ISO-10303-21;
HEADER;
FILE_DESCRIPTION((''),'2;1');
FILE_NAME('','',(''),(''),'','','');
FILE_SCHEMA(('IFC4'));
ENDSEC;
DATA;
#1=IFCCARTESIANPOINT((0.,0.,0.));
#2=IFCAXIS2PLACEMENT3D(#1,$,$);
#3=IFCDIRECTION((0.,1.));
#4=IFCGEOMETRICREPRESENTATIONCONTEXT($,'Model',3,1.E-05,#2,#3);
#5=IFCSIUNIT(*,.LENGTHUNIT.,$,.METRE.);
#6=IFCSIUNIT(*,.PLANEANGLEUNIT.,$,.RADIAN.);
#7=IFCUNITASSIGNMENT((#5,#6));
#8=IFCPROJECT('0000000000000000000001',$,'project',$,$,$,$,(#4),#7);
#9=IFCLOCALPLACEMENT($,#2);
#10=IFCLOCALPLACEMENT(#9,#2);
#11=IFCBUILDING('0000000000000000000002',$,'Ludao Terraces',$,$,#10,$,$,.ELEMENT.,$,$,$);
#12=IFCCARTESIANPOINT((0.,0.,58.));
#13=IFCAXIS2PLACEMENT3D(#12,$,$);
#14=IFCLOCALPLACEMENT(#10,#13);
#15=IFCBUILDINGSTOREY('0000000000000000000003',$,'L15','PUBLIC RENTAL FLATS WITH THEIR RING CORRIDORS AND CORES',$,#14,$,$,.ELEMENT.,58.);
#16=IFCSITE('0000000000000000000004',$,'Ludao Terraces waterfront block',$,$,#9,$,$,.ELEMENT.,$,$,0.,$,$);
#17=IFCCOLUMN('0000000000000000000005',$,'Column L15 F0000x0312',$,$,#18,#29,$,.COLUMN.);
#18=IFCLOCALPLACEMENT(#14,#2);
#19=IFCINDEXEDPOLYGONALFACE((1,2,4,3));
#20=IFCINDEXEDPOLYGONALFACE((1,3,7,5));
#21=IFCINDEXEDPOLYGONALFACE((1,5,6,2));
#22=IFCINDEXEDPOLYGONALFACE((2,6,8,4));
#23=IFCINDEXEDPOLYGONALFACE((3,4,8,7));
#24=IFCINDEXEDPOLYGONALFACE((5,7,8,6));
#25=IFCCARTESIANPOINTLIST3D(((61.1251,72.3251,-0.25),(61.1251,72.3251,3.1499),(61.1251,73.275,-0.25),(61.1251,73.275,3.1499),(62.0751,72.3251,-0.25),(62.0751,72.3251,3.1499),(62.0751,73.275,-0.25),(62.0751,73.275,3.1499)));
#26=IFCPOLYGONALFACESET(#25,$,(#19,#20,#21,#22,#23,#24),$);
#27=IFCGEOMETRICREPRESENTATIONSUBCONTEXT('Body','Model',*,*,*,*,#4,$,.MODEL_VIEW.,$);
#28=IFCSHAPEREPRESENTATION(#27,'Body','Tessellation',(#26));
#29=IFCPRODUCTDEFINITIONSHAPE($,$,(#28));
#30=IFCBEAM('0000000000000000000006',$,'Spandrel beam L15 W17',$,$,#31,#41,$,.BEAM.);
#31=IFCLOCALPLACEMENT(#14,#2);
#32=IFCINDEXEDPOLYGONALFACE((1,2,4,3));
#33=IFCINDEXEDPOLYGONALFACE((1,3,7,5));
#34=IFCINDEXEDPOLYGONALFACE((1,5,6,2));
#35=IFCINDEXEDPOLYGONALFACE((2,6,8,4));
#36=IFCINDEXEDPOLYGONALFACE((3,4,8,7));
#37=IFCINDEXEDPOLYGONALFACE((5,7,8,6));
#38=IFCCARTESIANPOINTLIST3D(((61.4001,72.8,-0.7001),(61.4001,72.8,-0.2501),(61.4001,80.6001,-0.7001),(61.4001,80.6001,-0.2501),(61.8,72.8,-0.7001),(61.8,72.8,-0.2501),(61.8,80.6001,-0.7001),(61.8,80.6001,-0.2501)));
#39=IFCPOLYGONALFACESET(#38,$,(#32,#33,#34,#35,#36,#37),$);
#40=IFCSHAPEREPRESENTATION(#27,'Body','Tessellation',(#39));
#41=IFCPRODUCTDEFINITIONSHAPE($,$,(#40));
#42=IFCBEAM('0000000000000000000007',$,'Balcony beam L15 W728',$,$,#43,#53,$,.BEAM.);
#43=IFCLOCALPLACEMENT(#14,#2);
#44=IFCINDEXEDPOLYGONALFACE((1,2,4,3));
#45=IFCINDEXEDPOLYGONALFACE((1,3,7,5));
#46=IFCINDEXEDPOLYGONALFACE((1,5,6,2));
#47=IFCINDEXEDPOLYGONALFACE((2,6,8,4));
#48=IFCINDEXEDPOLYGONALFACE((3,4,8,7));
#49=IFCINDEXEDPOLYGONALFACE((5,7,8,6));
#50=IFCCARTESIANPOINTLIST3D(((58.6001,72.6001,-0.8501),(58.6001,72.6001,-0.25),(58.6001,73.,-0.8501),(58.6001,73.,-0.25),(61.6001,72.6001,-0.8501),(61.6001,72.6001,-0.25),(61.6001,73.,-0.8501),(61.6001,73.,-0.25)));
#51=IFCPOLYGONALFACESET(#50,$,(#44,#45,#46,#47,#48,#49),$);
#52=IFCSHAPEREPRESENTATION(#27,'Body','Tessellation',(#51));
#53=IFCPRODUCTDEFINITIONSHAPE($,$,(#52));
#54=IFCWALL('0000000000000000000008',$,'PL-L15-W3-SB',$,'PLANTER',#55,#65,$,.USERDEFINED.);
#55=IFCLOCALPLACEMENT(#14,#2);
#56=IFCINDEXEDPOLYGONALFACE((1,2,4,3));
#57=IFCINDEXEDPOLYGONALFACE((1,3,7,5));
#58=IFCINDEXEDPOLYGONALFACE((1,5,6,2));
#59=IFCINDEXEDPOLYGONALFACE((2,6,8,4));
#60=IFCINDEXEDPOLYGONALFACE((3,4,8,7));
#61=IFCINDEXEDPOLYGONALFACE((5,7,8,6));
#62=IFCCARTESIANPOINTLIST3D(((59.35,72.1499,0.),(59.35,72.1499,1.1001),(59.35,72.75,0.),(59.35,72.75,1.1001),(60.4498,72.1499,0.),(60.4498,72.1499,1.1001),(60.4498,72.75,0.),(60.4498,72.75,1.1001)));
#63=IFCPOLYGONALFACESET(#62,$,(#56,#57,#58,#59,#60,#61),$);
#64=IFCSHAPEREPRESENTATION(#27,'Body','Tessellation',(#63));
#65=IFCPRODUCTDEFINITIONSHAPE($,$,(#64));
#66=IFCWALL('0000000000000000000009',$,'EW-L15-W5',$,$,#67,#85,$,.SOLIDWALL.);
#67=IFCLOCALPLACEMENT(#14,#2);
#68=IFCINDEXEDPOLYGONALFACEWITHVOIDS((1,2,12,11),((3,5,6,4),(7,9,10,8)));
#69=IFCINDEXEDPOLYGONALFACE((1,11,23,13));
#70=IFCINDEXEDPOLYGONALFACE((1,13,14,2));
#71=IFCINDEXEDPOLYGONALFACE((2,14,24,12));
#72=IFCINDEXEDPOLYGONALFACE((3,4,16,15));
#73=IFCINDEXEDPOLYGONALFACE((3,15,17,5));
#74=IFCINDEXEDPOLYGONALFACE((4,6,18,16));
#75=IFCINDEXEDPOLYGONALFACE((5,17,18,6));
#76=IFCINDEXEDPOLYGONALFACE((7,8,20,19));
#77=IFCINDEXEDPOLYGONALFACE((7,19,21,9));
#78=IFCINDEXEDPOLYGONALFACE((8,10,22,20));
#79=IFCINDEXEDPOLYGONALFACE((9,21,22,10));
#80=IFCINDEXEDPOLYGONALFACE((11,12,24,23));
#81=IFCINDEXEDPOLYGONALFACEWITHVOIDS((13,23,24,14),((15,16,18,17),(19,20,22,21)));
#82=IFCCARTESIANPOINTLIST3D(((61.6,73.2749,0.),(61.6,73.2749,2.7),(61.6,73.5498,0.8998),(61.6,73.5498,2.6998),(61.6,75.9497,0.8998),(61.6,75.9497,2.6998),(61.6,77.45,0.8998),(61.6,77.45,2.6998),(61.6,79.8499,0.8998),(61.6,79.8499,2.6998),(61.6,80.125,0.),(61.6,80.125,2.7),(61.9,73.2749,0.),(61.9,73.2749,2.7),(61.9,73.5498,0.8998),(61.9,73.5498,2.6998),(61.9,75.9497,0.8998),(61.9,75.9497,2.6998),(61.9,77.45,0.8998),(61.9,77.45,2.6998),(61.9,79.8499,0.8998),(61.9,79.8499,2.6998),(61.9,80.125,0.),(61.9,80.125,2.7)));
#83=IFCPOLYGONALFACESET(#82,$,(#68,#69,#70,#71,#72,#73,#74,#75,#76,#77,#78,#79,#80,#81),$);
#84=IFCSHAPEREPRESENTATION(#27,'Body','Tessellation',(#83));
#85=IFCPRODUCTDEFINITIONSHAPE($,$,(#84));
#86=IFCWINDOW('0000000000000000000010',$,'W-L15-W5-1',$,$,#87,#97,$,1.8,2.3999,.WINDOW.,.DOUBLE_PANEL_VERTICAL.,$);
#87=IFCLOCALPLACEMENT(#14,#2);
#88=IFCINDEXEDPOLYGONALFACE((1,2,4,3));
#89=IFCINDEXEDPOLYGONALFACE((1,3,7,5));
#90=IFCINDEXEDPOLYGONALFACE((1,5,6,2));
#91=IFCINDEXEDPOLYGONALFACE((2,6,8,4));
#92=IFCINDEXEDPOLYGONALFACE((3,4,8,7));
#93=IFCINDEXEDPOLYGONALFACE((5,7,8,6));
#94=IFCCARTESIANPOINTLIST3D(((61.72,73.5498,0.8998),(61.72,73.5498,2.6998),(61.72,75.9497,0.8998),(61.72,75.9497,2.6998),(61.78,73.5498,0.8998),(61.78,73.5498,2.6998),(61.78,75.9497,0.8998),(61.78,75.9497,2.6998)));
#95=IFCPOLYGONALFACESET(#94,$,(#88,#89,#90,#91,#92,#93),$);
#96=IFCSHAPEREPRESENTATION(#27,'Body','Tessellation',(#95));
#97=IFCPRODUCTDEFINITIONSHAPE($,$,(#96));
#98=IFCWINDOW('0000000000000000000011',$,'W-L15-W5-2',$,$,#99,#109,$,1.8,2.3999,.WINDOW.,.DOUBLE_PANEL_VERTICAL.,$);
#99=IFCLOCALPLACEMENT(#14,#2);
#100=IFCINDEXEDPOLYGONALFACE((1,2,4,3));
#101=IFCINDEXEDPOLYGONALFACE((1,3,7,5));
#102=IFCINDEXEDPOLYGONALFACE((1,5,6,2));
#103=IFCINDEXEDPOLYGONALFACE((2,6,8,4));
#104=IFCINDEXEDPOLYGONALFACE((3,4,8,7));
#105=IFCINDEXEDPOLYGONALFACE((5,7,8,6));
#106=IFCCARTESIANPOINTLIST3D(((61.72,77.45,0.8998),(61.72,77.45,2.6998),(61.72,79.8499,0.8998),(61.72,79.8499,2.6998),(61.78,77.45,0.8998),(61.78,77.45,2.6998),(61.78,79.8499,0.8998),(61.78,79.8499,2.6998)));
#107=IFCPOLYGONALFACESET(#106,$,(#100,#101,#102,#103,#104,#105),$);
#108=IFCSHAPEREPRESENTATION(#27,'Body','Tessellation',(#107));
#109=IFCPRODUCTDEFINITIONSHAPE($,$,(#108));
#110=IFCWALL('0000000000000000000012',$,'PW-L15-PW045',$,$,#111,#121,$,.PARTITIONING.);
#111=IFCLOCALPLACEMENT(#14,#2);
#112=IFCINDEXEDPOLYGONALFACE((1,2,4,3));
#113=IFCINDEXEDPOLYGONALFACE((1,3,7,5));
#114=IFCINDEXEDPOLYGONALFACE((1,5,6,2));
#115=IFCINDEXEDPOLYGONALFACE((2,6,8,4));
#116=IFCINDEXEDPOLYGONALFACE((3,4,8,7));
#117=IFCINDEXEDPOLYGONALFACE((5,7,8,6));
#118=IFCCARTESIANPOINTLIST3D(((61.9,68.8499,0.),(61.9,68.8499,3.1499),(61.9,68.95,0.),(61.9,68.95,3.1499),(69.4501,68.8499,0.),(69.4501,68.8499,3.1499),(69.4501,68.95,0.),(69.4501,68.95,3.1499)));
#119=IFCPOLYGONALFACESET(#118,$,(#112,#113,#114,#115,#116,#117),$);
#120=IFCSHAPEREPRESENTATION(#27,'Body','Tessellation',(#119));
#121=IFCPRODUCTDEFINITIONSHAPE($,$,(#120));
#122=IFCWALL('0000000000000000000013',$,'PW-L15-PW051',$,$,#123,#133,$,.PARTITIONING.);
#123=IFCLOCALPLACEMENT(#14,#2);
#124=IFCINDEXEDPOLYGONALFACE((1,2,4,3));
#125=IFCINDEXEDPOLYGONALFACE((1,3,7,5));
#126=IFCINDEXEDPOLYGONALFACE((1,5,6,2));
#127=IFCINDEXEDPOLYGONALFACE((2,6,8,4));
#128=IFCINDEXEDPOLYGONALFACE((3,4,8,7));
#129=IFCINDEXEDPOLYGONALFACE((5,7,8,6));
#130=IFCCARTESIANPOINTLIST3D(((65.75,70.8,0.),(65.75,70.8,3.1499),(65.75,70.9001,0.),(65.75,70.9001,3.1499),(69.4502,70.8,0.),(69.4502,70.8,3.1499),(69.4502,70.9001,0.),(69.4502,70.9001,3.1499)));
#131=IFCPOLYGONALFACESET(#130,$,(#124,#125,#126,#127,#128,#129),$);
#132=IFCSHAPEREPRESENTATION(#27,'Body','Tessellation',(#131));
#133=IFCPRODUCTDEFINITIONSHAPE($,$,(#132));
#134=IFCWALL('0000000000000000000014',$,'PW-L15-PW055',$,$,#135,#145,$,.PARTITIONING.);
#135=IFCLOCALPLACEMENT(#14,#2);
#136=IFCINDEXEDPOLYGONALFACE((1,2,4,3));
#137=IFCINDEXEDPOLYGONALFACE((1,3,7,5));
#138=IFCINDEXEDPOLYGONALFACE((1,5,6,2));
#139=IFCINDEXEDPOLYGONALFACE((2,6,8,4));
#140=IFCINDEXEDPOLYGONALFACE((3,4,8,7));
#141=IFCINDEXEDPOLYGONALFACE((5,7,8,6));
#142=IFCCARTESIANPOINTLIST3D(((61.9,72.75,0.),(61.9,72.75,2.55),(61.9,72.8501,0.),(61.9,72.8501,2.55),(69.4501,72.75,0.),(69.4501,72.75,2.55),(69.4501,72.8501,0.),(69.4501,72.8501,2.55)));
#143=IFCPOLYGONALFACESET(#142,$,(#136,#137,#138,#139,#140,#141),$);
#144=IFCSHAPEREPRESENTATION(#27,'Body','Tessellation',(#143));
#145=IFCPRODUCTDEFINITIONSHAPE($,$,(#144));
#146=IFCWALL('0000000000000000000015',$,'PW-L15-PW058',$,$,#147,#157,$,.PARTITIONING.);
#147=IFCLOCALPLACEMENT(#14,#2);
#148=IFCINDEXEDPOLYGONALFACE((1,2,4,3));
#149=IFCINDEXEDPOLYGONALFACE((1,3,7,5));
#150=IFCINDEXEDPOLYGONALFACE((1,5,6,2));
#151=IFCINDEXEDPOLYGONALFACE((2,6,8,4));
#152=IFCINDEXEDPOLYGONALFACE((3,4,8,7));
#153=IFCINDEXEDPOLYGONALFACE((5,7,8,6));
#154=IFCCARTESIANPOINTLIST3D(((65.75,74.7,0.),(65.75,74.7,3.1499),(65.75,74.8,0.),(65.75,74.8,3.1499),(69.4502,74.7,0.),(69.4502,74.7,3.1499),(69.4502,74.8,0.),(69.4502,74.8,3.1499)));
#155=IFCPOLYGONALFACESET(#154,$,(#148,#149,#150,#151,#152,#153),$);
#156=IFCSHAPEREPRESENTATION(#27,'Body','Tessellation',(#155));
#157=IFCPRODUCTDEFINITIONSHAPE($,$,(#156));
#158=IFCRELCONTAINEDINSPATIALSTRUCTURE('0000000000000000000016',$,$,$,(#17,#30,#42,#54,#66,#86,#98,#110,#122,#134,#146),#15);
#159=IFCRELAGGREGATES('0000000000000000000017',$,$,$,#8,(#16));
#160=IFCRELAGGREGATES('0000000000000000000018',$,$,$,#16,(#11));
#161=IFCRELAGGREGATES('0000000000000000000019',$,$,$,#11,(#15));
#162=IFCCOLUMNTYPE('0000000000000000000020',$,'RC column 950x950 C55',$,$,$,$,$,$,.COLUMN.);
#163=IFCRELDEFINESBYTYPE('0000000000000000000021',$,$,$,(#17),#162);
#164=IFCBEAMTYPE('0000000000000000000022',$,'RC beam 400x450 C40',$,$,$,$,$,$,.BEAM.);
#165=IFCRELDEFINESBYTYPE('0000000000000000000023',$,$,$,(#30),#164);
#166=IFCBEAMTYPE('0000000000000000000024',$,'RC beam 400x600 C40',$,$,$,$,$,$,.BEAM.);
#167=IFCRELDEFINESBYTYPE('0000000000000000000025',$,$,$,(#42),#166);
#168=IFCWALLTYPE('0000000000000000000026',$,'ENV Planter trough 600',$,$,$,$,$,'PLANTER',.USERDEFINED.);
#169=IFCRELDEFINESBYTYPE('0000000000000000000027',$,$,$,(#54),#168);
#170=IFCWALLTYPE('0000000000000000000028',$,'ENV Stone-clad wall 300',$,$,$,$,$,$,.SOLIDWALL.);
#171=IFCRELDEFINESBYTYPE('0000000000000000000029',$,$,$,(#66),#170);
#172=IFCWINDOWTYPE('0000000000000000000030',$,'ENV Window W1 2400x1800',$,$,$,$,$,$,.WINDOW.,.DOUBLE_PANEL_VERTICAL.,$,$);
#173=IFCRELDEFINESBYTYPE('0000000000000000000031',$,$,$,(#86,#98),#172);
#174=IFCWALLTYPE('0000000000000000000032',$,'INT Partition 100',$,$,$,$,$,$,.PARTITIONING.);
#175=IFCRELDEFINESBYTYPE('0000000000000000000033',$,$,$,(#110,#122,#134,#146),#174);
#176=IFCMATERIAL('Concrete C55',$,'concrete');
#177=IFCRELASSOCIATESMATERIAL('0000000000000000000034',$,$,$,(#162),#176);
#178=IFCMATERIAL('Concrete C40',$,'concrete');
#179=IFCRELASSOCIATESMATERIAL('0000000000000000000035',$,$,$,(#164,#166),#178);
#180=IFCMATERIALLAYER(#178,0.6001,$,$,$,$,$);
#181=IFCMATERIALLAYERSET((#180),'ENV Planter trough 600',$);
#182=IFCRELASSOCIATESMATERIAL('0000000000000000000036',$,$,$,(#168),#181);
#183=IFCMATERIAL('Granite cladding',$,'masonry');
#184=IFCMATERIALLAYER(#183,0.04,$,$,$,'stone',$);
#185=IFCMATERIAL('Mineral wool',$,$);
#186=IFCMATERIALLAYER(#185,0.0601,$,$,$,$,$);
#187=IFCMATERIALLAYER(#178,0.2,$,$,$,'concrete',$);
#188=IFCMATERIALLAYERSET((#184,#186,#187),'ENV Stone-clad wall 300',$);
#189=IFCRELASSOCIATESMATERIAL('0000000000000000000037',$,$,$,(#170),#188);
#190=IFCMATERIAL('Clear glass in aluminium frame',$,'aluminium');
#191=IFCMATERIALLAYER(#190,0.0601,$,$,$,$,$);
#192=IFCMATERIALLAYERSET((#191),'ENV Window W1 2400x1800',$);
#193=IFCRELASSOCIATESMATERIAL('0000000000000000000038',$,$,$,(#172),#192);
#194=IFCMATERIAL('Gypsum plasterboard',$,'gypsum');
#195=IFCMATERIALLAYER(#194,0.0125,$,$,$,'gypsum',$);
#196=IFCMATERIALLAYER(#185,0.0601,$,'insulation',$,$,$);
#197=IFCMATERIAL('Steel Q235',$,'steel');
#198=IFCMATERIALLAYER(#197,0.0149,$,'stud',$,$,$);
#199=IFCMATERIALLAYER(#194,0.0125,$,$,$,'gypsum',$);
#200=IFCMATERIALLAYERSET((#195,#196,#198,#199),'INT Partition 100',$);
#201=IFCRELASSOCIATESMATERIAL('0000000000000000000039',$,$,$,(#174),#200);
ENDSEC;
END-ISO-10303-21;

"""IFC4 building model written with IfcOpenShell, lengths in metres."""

from ifc_helpers import new_model, si_unit, direction, frame, frame_2d, origin, origin_2d, place, context, subcontext, project, spatial, rectangle, extrude, material, layer, layer_set, material_profile, profile_set, type_object, element, fill, save


model = new_model("IFC4")

# Units and contexts
model_context = context("Model", 3, precision=1e-05, world=origin(), true_north=direction((0.0, 1.0)))
body_context = subcontext(model_context, "Body", "Model", "MODEL_VIEW")
ifc_project = project(units=[si_unit("LENGTHUNIT", "METRE"), si_unit("PLANEANGLEUNIT", "RADIAN")], contexts=[model_context])

# Site, building, storey
site_placement = place(None, origin())
site = spatial("IfcSite", under=ifc_project, at=site_placement, Name="Ludao Terraces waterfront block", CompositionType="ELEMENT", RefElevation=0.0)
building_placement = place(site_placement, origin())
building = spatial("IfcBuilding", under=site, at=building_placement, Name="Ludao Terraces", CompositionType="ELEMENT")
storey_placement = place(building_placement, frame((0.0, 0.0, 58.0)))
storey = spatial("IfcBuildingStorey", under=building, at=storey_placement, Name="L15", Description="PUBLIC RENTAL FLATS WITH THEIR RING CORRIDORS AND CORES", CompositionType="ELEMENT", Elevation=58.0)

# Column
ifc_material_1 = material(Name="Concrete C55", Category="concrete")
ifc_material_profile_1 = material_profile(ifc_material_1, rectangle(XDim=0.95, YDim=0.95, at=origin_2d()), Name="950 X 950")
ifc_profile_set_1 = profile_set([ifc_material_profile_1], Name="Concrete C55")
column_type = type_object("IfcColumnType", Name="RC column 950x950 C55", PredefinedType="COLUMN", material=ifc_profile_set_1)
column_placement = place(storey_placement, frame((61.6001, 72.8, -0.25), z_axis=(0.0, 0.0, 1.0), x_axis=(1.0, 0.0, 0.0)))
element("IfcColumn", 1, at=column_placement, inside=storey, type_object=column_type, Name="Column L15 F0000x0312", PredefinedType="COLUMN", context=body_context, shape_type="SweptSolid", body=[
    extrude(rectangle(XDim=0.95, YDim=0.95, at=origin_2d()), origin(), (0.0, 0.0, 1.0), 3.3999),
])

# Beams
ifc_material_2 = material(Name="Concrete C40", Category="concrete")
ifc_material_profile_2 = material_profile(ifc_material_2, rectangle(XDim=0.3999, YDim=0.45, at=origin_2d()), Name="400 X 450")
ifc_profile_set_2 = profile_set([ifc_material_profile_2], Name="Concrete C40")
beam_type_1 = type_object("IfcBeamType", Name="RC beam 400x450 C40", PredefinedType="BEAM", material=ifc_profile_set_2)
beam_1_placement = place(storey_placement, frame((61.6001, 72.8, -0.4751), z_axis=(0.0, 1.0, 0.0), x_axis=(-1.0, 0.0, 0.0)))
element("IfcBeam", 2, at=beam_1_placement, inside=storey, type_object=beam_type_1, Name="Spandrel beam L15 W17", PredefinedType="BEAM", context=body_context, shape_type="SweptSolid", body=[
    extrude(rectangle(XDim=0.3999, YDim=0.45, at=origin_2d()), origin(), (0.0, 0.0, 1.0), 7.8),
])
ifc_material_profile_3 = material_profile(ifc_material_2, rectangle(XDim=0.3999, YDim=0.6001, at=origin_2d()), Name="400 X 600")
ifc_profile_set_3 = profile_set([ifc_material_profile_3], Name="Concrete C40")
beam_type_2 = type_object("IfcBeamType", Name="RC beam 400x600 C40", PredefinedType="BEAM", material=ifc_profile_set_3)
beam_2_placement = place(storey_placement, frame((61.6001, 72.8, -0.55), z_axis=(-1.0, 0.0, 0.0), x_axis=(0.0, -1.0, 0.0)))
element("IfcBeam", 3, at=beam_2_placement, inside=storey, type_object=beam_type_2, Name="Balcony beam L15 W728", PredefinedType="BEAM", context=body_context, shape_type="SweptSolid", body=[
    extrude(rectangle(XDim=0.3999, YDim=0.6001, at=origin_2d()), origin(), (0.0, 0.0, 1.0), 3.0),
])

# Wall
ifc_layer_1 = layer(ifc_material_2, 0.6001)
ifc_layer_set_1 = layer_set([ifc_layer_1], Name="ENV Planter trough 600")
wall_type_1 = type_object("IfcWallType", Name="ENV Planter trough 600", ElementType="PLANTER", PredefinedType="USERDEFINED", material=ifc_layer_set_1)
wall_1_placement = place(storey_placement, frame((59.3501, 72.45, 0.0), z_axis=(0.0, 0.0, 1.0), x_axis=(1.0, 0.0, 0.0)))
element("IfcWall", 4, at=wall_1_placement, inside=storey, type_object=wall_type_1, Name="PL-L15-W3-SB", ObjectType="PLANTER", PredefinedType="USERDEFINED", context=body_context, shape_type="SweptSolid", body=[
    extrude(rectangle(XDim=1.0999, YDim=0.6001, at=frame_2d((0.5498, 0.0))), origin(), (0.0, 0.0, 1.0), 1.1001),
])

# Wall, openings, windows
ifc_material_3 = material(Name="Granite cladding", Category="masonry")
ifc_layer_2 = layer(ifc_material_3, 0.04, Category="stone")
ifc_material_4 = material(Name="Mineral wool")
ifc_layer_3 = layer(ifc_material_4, 0.0601)
ifc_layer_4 = layer(ifc_material_2, 0.2, Category="concrete")
ifc_layer_set_2 = layer_set([ifc_layer_2, ifc_layer_3, ifc_layer_4], Name="ENV Stone-clad wall 300")
wall_type_2 = type_object("IfcWallType", Name="ENV Stone-clad wall 300", PredefinedType="SOLIDWALL", material=ifc_layer_set_2)
wall_2_placement = place(storey_placement, frame((61.75, 73.2749, 0.0), z_axis=(0.0, 0.0, 1.0), x_axis=(0.0, 1.0, 0.0)))
wall_2 = element("IfcWall", 5, at=wall_2_placement, inside=storey, type_object=wall_type_2, Name="EW-L15-W5", PredefinedType="SOLIDWALL", context=body_context, shape_type="SweptSolid", body=[
    extrude(rectangle(XDim=6.8501, YDim=0.3, at=frame_2d((3.425, 0.0))), origin(), (0.0, 0.0, 1.0), 2.7),
])
opening_1_placement = place(wall_2_placement, frame((0.2749, 0.0, 0.8999)))
opening_1 = element("IfcOpeningElement", 6, at=opening_1_placement, cuts=wall_2, PredefinedType="OPENING", context=body_context, shape_type="SweptSolid", body=[
    extrude(rectangle(XDim=2.3999, YDim=1.8, at=frame_2d((1.2, 0.8999))), frame((0.0, 0.1602, 0.0), z_axis=(0.0, -1.0, 0.0), x_axis=(1.0, 0.0, 0.0)), (0.0, 0.0, 1.0), 0.3201),
])
opening_2_placement = place(wall_2_placement, frame((4.175, 0.0, 0.8999)))
opening_2 = element("IfcOpeningElement", 7, at=opening_2_placement, cuts=wall_2, PredefinedType="OPENING", context=body_context, shape_type="SweptSolid", body=[
    extrude(rectangle(XDim=2.3999, YDim=1.8, at=frame_2d((1.2, 0.8999))), frame((0.0, 0.1602, 0.0), z_axis=(0.0, -1.0, 0.0), x_axis=(1.0, 0.0, 0.0)), (0.0, 0.0, 1.0), 0.3201),
])
ifc_material_5 = material(Name="Clear glass in aluminium frame", Category="aluminium")
ifc_layer_5 = layer(ifc_material_5, 0.0601)
ifc_layer_set_3 = layer_set([ifc_layer_5], Name="ENV Window W1 2400x1800")
window_type = type_object("IfcWindowType", Name="ENV Window W1 2400x1800", PartitioningType="DOUBLE_PANEL_VERTICAL", PredefinedType="WINDOW", material=ifc_layer_set_3)
window_1_placement = place(opening_1_placement, origin())
window_1 = element("IfcWindow", 8, at=window_1_placement, inside=storey, type_object=window_type, Name="W-L15-W5-1", OverallHeight=1.8, OverallWidth=2.3999, PartitioningType="DOUBLE_PANEL_VERTICAL", PredefinedType="WINDOW", context=body_context, shape_type="SweptSolid", body=[
    extrude(rectangle(XDim=2.3999, YDim=1.8, at=frame_2d((1.2, 0.8999))), frame((0.0, 0.03, 0.0), z_axis=(0.0, -1.0, 0.0), x_axis=(1.0, 0.0, 0.0)), (0.0, 0.0, 1.0), 0.0601),
])
fill(opening_1, window_1)
window_2_placement = place(opening_2_placement, origin())
window_2 = element("IfcWindow", 9, at=window_2_placement, inside=storey, type_object=window_type, Name="W-L15-W5-2", OverallHeight=1.8, OverallWidth=2.3999, PartitioningType="DOUBLE_PANEL_VERTICAL", PredefinedType="WINDOW", context=body_context, shape_type="SweptSolid", body=[
    extrude(rectangle(XDim=2.3999, YDim=1.8, at=frame_2d((1.2, 0.8999))), frame((0.0, 0.03, 0.0), z_axis=(0.0, -1.0, 0.0), x_axis=(1.0, 0.0, 0.0)), (0.0, 0.0, 1.0), 0.0601),
])
fill(opening_2, window_2)

# Walls
ifc_material_6 = material(Name="Gypsum plasterboard", Category="gypsum")
ifc_layer_6 = layer(ifc_material_6, 0.0125, Category="gypsum")
ifc_layer_7 = layer(ifc_material_4, 0.0601, Name="insulation")
ifc_material_7 = material(Name="Steel Q235", Category="steel")
ifc_layer_8 = layer(ifc_material_7, 0.0149, Name="stud")
ifc_layer_9 = layer(ifc_material_6, 0.0125, Category="gypsum")
ifc_layer_set_4 = layer_set([ifc_layer_6, ifc_layer_7, ifc_layer_8, ifc_layer_9], Name="INT Partition 100")
wall_type_3 = type_object("IfcWallType", Name="INT Partition 100", PredefinedType="PARTITIONING", material=ifc_layer_set_4)
wall_3_placement = place(storey_placement, frame((61.9001, 68.8999, 0.0), z_axis=(0.0, 0.0, 1.0), x_axis=(1.0, 0.0, 0.0)))
element("IfcWall", 10, at=wall_3_placement, inside=storey, type_object=wall_type_3, Name="PW-L15-PW045", PredefinedType="PARTITIONING", context=body_context, shape_type="SweptSolid", body=[
    extrude(rectangle(XDim=7.55, YDim=0.1001, at=frame_2d((3.7749, 0.0))), origin(), (0.0, 0.0, 1.0), 3.1499),
])
wall_4_placement = place(storey_placement, frame((65.75, 70.8501, 0.0), z_axis=(0.0, 0.0, 1.0), x_axis=(1.0, 0.0, 0.0)))
element("IfcWall", 11, at=wall_4_placement, inside=storey, type_object=wall_type_3, Name="PW-L15-PW051", PredefinedType="PARTITIONING", context=body_context, shape_type="SweptSolid", body=[
    extrude(rectangle(XDim=3.7002, YDim=0.1001, at=frame_2d((1.8501, 0.0))), origin(), (0.0, 0.0, 1.0), 3.1499),
])
wall_5_placement = place(storey_placement, frame((61.9001, 72.8, 0.0), z_axis=(0.0, 0.0, 1.0), x_axis=(1.0, 0.0, 0.0)))
element("IfcWall", 12, at=wall_5_placement, inside=storey, type_object=wall_type_3, Name="PW-L15-PW055", PredefinedType="PARTITIONING", context=body_context, shape_type="SweptSolid", body=[
    extrude(rectangle(XDim=7.55, YDim=0.1001, at=frame_2d((3.7749, 0.0))), origin(), (0.0, 0.0, 1.0), 2.55),
])
wall_6_placement = place(storey_placement, frame((65.75, 74.75, 0.0), z_axis=(0.0, 0.0, 1.0), x_axis=(1.0, 0.0, 0.0)))
element("IfcWall", 13, at=wall_6_placement, inside=storey, type_object=wall_type_3, Name="PW-L15-PW058", PredefinedType="PARTITIONING", context=body_context, shape_type="SweptSolid", body=[
    extrude(rectangle(XDim=3.7002, YDim=0.1001, at=frame_2d((1.8501, 0.0))), origin(), (0.0, 0.0, 1.0), 3.1499),
])

save(model, "model.ifc")
